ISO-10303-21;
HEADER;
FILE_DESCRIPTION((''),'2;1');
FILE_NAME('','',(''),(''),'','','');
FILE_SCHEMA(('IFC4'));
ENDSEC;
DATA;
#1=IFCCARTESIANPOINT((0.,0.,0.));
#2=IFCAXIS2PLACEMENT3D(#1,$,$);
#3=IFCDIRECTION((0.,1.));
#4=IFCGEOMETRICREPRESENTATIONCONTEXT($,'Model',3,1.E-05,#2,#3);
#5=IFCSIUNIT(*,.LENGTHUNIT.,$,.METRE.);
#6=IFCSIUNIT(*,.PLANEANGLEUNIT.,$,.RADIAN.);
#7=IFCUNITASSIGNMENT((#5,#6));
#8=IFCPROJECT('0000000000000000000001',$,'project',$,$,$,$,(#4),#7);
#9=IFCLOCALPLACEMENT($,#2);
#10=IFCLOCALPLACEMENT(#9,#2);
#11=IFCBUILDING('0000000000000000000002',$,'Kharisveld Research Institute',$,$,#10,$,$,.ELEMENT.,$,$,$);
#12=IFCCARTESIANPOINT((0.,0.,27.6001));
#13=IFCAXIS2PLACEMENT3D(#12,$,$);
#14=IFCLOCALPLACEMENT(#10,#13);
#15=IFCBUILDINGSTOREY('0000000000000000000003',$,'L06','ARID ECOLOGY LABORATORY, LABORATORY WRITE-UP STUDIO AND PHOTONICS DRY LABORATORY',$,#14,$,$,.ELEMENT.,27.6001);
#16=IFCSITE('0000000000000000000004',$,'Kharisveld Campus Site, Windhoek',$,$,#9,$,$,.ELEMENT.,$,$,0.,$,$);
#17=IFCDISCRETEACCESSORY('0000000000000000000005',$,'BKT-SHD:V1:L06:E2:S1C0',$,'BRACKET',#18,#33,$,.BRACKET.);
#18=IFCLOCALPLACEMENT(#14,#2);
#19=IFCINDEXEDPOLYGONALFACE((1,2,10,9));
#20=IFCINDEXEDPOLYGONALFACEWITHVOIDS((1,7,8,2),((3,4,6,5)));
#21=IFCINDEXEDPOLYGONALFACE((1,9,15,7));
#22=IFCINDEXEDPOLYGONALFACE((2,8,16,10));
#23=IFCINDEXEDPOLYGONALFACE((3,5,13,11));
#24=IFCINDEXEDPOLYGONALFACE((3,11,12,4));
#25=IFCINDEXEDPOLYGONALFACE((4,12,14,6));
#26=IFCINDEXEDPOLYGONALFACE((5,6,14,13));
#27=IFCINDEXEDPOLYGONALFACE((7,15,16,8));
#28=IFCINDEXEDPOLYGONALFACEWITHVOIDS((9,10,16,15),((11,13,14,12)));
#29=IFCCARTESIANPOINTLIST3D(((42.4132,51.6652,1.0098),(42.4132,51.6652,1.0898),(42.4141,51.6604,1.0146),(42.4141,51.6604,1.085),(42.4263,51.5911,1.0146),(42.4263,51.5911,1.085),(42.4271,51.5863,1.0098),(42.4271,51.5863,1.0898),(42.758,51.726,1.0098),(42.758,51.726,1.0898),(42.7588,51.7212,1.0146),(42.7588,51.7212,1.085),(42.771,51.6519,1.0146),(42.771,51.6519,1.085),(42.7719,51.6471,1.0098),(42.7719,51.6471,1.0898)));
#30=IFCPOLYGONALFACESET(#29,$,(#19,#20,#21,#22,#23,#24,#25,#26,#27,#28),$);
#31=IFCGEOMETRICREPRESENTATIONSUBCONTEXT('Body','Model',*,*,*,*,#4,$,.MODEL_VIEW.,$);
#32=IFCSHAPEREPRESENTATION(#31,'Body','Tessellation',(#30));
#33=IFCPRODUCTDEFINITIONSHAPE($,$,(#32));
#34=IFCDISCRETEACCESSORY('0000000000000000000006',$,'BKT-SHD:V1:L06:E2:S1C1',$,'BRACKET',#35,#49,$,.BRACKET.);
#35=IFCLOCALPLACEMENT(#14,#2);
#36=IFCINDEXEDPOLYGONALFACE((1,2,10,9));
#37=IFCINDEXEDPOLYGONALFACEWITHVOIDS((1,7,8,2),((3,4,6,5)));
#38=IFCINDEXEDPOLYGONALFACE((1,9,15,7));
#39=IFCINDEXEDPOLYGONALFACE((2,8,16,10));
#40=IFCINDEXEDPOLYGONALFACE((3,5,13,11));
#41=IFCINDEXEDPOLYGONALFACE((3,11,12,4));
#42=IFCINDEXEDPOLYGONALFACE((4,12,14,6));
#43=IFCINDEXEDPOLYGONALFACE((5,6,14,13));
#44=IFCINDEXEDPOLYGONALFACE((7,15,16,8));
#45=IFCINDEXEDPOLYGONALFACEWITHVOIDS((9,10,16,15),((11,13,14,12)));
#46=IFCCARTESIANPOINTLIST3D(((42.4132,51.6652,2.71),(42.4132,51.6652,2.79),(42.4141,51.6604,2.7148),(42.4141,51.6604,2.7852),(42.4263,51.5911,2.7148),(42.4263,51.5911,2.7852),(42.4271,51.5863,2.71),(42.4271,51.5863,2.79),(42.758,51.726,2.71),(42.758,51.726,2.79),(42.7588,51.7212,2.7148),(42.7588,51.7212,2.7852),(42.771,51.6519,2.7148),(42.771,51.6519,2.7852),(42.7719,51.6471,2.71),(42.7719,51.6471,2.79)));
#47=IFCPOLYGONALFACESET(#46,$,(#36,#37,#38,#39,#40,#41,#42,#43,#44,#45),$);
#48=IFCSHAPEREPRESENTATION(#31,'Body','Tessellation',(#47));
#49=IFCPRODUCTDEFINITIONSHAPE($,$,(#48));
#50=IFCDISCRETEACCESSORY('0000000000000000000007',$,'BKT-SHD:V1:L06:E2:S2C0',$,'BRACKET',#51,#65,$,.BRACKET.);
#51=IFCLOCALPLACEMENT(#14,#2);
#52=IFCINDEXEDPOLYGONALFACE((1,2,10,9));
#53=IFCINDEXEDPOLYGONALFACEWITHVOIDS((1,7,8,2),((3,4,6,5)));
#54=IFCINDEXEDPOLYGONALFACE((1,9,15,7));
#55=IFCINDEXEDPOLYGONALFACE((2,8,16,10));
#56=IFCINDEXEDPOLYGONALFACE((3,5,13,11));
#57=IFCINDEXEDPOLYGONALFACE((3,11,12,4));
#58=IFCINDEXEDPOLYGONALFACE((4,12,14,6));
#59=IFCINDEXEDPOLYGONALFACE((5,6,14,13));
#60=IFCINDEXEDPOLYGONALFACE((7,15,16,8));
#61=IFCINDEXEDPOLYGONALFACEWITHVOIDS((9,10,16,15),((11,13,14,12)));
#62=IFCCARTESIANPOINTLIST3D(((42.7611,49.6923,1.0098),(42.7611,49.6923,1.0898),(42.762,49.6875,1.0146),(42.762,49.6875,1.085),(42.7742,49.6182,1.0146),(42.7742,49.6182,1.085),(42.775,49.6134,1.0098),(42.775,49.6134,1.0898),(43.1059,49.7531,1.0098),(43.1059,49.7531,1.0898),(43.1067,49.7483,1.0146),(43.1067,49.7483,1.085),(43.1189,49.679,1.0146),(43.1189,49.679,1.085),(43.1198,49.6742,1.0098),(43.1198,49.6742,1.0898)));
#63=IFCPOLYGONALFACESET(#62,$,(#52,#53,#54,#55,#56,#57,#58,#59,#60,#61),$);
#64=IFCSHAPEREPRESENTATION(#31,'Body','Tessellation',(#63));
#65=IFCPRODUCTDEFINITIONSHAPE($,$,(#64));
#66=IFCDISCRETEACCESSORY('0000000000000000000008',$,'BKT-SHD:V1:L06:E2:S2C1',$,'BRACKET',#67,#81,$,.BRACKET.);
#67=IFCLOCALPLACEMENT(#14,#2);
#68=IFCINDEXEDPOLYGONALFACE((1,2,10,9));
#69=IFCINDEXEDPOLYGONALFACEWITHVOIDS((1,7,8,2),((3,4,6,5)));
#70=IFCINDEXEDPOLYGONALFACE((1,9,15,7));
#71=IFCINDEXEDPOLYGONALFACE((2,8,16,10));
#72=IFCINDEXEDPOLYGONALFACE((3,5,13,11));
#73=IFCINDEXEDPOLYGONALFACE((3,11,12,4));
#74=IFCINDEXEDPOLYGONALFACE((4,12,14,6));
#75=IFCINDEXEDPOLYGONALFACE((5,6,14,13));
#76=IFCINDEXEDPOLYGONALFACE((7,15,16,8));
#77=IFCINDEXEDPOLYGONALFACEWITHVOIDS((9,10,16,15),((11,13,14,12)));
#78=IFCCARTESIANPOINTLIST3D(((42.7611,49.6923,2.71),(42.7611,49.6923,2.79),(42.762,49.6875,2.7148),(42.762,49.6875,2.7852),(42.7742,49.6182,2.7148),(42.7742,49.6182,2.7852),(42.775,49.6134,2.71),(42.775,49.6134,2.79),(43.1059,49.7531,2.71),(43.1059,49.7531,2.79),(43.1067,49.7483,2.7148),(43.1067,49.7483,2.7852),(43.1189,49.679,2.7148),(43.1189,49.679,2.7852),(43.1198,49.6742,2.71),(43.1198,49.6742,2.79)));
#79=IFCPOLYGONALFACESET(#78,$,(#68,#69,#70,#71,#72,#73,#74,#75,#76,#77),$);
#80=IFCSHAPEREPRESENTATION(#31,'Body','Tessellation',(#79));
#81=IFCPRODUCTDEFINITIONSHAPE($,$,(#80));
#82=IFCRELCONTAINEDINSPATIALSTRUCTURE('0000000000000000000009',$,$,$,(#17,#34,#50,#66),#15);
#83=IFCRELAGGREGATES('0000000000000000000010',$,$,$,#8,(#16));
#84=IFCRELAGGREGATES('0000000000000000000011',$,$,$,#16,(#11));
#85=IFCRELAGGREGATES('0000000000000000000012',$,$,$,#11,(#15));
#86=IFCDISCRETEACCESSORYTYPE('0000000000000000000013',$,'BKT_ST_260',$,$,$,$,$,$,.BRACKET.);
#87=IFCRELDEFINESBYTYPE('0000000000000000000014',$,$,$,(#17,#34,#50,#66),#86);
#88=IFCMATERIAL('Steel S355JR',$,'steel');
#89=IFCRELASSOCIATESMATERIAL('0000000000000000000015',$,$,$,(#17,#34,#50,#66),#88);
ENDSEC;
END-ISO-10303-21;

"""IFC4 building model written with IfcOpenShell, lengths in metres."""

from ifc_helpers import new_model, si_unit, direction, frame, origin, origin_2d, place, context, subcontext, project, spatial, hollow_rectangle, extrude, material, type_object, element, save


model = new_model("IFC4")

# Units and contexts
model_context = context("Model", 3, precision=1e-05, world=origin(), true_north=direction((0.0, 1.0)))
body_context = subcontext(model_context, "Body", "Model", "MODEL_VIEW")
ifc_project = project(units=[si_unit("LENGTHUNIT", "METRE"), si_unit("PLANEANGLEUNIT", "RADIAN")], contexts=[model_context])

# Site, building, storey
site_placement = place(None, origin())
site = spatial("IfcSite", under=ifc_project, at=site_placement, Name="Kharisveld Campus Site, Windhoek", CompositionType="ELEMENT", RefElevation=0.0)
building_placement = place(site_placement, origin())
building = spatial("IfcBuilding", under=site, at=building_placement, Name="Kharisveld Research Institute", CompositionType="ELEMENT")
storey_placement = place(building_placement, frame((0.0, 0.0, 27.6001)))
storey = spatial("IfcBuildingStorey", under=building, at=storey_placement, Name="L06", Description="ARID ECOLOGY LABORATORY, LABORATORY WRITE-UP STUDIO AND PHOTONICS DRY LABORATORY", CompositionType="ELEMENT", Elevation=27.6001)

# Discrete accessories
ifc_material_1 = material(Name="Steel S355JR", Category="steel")
discrete_accessory_type = type_object("IfcDiscreteAccessoryType", Name="BKT_ST_260", PredefinedType="BRACKET")
for number, where, z_axis, x_axis, name in (
    (1, (42.4202, 51.6257, 1.0498), (0.984805, 0.173666, 0.0), (-0.173666, 0.984805, 0.0), "BKT-SHD:V1:L06:E2:S1C0"),
    (2, (42.4202, 51.6257, 2.75), (0.984805, 0.173666, 0.0), (-0.173666, 0.984805, 0.0), "BKT-SHD:V1:L06:E2:S1C1"),
    (3, (42.7681, 49.6528, 1.0498), (0.984805, 0.173666, 0.0), (-0.173666, 0.984805, 0.0), "BKT-SHD:V1:L06:E2:S2C0"),
    (4, (42.7681, 49.6528, 2.75), (0.984805, 0.173666, 0.0), (-0.173666, 0.984805, 0.0), "BKT-SHD:V1:L06:E2:S2C1"),
):
    element("IfcDiscreteAccessory", number, at=place(storey_placement, frame(where, z_axis=z_axis, x_axis=x_axis)), inside=storey, type_object=discrete_accessory_type, material=ifc_material_1, Name=name, ObjectType="BRACKET", PredefinedType="BRACKET", context=body_context, shape_type="SweptSolid", body=[
        extrude(hollow_rectangle(XDim=0.0801, YDim=0.0801, WallThickness=0.0049, at=origin_2d()), origin(), (0.0, 0.0, 1.0), 0.3501),
    ])

save(model, "model.ifc")
